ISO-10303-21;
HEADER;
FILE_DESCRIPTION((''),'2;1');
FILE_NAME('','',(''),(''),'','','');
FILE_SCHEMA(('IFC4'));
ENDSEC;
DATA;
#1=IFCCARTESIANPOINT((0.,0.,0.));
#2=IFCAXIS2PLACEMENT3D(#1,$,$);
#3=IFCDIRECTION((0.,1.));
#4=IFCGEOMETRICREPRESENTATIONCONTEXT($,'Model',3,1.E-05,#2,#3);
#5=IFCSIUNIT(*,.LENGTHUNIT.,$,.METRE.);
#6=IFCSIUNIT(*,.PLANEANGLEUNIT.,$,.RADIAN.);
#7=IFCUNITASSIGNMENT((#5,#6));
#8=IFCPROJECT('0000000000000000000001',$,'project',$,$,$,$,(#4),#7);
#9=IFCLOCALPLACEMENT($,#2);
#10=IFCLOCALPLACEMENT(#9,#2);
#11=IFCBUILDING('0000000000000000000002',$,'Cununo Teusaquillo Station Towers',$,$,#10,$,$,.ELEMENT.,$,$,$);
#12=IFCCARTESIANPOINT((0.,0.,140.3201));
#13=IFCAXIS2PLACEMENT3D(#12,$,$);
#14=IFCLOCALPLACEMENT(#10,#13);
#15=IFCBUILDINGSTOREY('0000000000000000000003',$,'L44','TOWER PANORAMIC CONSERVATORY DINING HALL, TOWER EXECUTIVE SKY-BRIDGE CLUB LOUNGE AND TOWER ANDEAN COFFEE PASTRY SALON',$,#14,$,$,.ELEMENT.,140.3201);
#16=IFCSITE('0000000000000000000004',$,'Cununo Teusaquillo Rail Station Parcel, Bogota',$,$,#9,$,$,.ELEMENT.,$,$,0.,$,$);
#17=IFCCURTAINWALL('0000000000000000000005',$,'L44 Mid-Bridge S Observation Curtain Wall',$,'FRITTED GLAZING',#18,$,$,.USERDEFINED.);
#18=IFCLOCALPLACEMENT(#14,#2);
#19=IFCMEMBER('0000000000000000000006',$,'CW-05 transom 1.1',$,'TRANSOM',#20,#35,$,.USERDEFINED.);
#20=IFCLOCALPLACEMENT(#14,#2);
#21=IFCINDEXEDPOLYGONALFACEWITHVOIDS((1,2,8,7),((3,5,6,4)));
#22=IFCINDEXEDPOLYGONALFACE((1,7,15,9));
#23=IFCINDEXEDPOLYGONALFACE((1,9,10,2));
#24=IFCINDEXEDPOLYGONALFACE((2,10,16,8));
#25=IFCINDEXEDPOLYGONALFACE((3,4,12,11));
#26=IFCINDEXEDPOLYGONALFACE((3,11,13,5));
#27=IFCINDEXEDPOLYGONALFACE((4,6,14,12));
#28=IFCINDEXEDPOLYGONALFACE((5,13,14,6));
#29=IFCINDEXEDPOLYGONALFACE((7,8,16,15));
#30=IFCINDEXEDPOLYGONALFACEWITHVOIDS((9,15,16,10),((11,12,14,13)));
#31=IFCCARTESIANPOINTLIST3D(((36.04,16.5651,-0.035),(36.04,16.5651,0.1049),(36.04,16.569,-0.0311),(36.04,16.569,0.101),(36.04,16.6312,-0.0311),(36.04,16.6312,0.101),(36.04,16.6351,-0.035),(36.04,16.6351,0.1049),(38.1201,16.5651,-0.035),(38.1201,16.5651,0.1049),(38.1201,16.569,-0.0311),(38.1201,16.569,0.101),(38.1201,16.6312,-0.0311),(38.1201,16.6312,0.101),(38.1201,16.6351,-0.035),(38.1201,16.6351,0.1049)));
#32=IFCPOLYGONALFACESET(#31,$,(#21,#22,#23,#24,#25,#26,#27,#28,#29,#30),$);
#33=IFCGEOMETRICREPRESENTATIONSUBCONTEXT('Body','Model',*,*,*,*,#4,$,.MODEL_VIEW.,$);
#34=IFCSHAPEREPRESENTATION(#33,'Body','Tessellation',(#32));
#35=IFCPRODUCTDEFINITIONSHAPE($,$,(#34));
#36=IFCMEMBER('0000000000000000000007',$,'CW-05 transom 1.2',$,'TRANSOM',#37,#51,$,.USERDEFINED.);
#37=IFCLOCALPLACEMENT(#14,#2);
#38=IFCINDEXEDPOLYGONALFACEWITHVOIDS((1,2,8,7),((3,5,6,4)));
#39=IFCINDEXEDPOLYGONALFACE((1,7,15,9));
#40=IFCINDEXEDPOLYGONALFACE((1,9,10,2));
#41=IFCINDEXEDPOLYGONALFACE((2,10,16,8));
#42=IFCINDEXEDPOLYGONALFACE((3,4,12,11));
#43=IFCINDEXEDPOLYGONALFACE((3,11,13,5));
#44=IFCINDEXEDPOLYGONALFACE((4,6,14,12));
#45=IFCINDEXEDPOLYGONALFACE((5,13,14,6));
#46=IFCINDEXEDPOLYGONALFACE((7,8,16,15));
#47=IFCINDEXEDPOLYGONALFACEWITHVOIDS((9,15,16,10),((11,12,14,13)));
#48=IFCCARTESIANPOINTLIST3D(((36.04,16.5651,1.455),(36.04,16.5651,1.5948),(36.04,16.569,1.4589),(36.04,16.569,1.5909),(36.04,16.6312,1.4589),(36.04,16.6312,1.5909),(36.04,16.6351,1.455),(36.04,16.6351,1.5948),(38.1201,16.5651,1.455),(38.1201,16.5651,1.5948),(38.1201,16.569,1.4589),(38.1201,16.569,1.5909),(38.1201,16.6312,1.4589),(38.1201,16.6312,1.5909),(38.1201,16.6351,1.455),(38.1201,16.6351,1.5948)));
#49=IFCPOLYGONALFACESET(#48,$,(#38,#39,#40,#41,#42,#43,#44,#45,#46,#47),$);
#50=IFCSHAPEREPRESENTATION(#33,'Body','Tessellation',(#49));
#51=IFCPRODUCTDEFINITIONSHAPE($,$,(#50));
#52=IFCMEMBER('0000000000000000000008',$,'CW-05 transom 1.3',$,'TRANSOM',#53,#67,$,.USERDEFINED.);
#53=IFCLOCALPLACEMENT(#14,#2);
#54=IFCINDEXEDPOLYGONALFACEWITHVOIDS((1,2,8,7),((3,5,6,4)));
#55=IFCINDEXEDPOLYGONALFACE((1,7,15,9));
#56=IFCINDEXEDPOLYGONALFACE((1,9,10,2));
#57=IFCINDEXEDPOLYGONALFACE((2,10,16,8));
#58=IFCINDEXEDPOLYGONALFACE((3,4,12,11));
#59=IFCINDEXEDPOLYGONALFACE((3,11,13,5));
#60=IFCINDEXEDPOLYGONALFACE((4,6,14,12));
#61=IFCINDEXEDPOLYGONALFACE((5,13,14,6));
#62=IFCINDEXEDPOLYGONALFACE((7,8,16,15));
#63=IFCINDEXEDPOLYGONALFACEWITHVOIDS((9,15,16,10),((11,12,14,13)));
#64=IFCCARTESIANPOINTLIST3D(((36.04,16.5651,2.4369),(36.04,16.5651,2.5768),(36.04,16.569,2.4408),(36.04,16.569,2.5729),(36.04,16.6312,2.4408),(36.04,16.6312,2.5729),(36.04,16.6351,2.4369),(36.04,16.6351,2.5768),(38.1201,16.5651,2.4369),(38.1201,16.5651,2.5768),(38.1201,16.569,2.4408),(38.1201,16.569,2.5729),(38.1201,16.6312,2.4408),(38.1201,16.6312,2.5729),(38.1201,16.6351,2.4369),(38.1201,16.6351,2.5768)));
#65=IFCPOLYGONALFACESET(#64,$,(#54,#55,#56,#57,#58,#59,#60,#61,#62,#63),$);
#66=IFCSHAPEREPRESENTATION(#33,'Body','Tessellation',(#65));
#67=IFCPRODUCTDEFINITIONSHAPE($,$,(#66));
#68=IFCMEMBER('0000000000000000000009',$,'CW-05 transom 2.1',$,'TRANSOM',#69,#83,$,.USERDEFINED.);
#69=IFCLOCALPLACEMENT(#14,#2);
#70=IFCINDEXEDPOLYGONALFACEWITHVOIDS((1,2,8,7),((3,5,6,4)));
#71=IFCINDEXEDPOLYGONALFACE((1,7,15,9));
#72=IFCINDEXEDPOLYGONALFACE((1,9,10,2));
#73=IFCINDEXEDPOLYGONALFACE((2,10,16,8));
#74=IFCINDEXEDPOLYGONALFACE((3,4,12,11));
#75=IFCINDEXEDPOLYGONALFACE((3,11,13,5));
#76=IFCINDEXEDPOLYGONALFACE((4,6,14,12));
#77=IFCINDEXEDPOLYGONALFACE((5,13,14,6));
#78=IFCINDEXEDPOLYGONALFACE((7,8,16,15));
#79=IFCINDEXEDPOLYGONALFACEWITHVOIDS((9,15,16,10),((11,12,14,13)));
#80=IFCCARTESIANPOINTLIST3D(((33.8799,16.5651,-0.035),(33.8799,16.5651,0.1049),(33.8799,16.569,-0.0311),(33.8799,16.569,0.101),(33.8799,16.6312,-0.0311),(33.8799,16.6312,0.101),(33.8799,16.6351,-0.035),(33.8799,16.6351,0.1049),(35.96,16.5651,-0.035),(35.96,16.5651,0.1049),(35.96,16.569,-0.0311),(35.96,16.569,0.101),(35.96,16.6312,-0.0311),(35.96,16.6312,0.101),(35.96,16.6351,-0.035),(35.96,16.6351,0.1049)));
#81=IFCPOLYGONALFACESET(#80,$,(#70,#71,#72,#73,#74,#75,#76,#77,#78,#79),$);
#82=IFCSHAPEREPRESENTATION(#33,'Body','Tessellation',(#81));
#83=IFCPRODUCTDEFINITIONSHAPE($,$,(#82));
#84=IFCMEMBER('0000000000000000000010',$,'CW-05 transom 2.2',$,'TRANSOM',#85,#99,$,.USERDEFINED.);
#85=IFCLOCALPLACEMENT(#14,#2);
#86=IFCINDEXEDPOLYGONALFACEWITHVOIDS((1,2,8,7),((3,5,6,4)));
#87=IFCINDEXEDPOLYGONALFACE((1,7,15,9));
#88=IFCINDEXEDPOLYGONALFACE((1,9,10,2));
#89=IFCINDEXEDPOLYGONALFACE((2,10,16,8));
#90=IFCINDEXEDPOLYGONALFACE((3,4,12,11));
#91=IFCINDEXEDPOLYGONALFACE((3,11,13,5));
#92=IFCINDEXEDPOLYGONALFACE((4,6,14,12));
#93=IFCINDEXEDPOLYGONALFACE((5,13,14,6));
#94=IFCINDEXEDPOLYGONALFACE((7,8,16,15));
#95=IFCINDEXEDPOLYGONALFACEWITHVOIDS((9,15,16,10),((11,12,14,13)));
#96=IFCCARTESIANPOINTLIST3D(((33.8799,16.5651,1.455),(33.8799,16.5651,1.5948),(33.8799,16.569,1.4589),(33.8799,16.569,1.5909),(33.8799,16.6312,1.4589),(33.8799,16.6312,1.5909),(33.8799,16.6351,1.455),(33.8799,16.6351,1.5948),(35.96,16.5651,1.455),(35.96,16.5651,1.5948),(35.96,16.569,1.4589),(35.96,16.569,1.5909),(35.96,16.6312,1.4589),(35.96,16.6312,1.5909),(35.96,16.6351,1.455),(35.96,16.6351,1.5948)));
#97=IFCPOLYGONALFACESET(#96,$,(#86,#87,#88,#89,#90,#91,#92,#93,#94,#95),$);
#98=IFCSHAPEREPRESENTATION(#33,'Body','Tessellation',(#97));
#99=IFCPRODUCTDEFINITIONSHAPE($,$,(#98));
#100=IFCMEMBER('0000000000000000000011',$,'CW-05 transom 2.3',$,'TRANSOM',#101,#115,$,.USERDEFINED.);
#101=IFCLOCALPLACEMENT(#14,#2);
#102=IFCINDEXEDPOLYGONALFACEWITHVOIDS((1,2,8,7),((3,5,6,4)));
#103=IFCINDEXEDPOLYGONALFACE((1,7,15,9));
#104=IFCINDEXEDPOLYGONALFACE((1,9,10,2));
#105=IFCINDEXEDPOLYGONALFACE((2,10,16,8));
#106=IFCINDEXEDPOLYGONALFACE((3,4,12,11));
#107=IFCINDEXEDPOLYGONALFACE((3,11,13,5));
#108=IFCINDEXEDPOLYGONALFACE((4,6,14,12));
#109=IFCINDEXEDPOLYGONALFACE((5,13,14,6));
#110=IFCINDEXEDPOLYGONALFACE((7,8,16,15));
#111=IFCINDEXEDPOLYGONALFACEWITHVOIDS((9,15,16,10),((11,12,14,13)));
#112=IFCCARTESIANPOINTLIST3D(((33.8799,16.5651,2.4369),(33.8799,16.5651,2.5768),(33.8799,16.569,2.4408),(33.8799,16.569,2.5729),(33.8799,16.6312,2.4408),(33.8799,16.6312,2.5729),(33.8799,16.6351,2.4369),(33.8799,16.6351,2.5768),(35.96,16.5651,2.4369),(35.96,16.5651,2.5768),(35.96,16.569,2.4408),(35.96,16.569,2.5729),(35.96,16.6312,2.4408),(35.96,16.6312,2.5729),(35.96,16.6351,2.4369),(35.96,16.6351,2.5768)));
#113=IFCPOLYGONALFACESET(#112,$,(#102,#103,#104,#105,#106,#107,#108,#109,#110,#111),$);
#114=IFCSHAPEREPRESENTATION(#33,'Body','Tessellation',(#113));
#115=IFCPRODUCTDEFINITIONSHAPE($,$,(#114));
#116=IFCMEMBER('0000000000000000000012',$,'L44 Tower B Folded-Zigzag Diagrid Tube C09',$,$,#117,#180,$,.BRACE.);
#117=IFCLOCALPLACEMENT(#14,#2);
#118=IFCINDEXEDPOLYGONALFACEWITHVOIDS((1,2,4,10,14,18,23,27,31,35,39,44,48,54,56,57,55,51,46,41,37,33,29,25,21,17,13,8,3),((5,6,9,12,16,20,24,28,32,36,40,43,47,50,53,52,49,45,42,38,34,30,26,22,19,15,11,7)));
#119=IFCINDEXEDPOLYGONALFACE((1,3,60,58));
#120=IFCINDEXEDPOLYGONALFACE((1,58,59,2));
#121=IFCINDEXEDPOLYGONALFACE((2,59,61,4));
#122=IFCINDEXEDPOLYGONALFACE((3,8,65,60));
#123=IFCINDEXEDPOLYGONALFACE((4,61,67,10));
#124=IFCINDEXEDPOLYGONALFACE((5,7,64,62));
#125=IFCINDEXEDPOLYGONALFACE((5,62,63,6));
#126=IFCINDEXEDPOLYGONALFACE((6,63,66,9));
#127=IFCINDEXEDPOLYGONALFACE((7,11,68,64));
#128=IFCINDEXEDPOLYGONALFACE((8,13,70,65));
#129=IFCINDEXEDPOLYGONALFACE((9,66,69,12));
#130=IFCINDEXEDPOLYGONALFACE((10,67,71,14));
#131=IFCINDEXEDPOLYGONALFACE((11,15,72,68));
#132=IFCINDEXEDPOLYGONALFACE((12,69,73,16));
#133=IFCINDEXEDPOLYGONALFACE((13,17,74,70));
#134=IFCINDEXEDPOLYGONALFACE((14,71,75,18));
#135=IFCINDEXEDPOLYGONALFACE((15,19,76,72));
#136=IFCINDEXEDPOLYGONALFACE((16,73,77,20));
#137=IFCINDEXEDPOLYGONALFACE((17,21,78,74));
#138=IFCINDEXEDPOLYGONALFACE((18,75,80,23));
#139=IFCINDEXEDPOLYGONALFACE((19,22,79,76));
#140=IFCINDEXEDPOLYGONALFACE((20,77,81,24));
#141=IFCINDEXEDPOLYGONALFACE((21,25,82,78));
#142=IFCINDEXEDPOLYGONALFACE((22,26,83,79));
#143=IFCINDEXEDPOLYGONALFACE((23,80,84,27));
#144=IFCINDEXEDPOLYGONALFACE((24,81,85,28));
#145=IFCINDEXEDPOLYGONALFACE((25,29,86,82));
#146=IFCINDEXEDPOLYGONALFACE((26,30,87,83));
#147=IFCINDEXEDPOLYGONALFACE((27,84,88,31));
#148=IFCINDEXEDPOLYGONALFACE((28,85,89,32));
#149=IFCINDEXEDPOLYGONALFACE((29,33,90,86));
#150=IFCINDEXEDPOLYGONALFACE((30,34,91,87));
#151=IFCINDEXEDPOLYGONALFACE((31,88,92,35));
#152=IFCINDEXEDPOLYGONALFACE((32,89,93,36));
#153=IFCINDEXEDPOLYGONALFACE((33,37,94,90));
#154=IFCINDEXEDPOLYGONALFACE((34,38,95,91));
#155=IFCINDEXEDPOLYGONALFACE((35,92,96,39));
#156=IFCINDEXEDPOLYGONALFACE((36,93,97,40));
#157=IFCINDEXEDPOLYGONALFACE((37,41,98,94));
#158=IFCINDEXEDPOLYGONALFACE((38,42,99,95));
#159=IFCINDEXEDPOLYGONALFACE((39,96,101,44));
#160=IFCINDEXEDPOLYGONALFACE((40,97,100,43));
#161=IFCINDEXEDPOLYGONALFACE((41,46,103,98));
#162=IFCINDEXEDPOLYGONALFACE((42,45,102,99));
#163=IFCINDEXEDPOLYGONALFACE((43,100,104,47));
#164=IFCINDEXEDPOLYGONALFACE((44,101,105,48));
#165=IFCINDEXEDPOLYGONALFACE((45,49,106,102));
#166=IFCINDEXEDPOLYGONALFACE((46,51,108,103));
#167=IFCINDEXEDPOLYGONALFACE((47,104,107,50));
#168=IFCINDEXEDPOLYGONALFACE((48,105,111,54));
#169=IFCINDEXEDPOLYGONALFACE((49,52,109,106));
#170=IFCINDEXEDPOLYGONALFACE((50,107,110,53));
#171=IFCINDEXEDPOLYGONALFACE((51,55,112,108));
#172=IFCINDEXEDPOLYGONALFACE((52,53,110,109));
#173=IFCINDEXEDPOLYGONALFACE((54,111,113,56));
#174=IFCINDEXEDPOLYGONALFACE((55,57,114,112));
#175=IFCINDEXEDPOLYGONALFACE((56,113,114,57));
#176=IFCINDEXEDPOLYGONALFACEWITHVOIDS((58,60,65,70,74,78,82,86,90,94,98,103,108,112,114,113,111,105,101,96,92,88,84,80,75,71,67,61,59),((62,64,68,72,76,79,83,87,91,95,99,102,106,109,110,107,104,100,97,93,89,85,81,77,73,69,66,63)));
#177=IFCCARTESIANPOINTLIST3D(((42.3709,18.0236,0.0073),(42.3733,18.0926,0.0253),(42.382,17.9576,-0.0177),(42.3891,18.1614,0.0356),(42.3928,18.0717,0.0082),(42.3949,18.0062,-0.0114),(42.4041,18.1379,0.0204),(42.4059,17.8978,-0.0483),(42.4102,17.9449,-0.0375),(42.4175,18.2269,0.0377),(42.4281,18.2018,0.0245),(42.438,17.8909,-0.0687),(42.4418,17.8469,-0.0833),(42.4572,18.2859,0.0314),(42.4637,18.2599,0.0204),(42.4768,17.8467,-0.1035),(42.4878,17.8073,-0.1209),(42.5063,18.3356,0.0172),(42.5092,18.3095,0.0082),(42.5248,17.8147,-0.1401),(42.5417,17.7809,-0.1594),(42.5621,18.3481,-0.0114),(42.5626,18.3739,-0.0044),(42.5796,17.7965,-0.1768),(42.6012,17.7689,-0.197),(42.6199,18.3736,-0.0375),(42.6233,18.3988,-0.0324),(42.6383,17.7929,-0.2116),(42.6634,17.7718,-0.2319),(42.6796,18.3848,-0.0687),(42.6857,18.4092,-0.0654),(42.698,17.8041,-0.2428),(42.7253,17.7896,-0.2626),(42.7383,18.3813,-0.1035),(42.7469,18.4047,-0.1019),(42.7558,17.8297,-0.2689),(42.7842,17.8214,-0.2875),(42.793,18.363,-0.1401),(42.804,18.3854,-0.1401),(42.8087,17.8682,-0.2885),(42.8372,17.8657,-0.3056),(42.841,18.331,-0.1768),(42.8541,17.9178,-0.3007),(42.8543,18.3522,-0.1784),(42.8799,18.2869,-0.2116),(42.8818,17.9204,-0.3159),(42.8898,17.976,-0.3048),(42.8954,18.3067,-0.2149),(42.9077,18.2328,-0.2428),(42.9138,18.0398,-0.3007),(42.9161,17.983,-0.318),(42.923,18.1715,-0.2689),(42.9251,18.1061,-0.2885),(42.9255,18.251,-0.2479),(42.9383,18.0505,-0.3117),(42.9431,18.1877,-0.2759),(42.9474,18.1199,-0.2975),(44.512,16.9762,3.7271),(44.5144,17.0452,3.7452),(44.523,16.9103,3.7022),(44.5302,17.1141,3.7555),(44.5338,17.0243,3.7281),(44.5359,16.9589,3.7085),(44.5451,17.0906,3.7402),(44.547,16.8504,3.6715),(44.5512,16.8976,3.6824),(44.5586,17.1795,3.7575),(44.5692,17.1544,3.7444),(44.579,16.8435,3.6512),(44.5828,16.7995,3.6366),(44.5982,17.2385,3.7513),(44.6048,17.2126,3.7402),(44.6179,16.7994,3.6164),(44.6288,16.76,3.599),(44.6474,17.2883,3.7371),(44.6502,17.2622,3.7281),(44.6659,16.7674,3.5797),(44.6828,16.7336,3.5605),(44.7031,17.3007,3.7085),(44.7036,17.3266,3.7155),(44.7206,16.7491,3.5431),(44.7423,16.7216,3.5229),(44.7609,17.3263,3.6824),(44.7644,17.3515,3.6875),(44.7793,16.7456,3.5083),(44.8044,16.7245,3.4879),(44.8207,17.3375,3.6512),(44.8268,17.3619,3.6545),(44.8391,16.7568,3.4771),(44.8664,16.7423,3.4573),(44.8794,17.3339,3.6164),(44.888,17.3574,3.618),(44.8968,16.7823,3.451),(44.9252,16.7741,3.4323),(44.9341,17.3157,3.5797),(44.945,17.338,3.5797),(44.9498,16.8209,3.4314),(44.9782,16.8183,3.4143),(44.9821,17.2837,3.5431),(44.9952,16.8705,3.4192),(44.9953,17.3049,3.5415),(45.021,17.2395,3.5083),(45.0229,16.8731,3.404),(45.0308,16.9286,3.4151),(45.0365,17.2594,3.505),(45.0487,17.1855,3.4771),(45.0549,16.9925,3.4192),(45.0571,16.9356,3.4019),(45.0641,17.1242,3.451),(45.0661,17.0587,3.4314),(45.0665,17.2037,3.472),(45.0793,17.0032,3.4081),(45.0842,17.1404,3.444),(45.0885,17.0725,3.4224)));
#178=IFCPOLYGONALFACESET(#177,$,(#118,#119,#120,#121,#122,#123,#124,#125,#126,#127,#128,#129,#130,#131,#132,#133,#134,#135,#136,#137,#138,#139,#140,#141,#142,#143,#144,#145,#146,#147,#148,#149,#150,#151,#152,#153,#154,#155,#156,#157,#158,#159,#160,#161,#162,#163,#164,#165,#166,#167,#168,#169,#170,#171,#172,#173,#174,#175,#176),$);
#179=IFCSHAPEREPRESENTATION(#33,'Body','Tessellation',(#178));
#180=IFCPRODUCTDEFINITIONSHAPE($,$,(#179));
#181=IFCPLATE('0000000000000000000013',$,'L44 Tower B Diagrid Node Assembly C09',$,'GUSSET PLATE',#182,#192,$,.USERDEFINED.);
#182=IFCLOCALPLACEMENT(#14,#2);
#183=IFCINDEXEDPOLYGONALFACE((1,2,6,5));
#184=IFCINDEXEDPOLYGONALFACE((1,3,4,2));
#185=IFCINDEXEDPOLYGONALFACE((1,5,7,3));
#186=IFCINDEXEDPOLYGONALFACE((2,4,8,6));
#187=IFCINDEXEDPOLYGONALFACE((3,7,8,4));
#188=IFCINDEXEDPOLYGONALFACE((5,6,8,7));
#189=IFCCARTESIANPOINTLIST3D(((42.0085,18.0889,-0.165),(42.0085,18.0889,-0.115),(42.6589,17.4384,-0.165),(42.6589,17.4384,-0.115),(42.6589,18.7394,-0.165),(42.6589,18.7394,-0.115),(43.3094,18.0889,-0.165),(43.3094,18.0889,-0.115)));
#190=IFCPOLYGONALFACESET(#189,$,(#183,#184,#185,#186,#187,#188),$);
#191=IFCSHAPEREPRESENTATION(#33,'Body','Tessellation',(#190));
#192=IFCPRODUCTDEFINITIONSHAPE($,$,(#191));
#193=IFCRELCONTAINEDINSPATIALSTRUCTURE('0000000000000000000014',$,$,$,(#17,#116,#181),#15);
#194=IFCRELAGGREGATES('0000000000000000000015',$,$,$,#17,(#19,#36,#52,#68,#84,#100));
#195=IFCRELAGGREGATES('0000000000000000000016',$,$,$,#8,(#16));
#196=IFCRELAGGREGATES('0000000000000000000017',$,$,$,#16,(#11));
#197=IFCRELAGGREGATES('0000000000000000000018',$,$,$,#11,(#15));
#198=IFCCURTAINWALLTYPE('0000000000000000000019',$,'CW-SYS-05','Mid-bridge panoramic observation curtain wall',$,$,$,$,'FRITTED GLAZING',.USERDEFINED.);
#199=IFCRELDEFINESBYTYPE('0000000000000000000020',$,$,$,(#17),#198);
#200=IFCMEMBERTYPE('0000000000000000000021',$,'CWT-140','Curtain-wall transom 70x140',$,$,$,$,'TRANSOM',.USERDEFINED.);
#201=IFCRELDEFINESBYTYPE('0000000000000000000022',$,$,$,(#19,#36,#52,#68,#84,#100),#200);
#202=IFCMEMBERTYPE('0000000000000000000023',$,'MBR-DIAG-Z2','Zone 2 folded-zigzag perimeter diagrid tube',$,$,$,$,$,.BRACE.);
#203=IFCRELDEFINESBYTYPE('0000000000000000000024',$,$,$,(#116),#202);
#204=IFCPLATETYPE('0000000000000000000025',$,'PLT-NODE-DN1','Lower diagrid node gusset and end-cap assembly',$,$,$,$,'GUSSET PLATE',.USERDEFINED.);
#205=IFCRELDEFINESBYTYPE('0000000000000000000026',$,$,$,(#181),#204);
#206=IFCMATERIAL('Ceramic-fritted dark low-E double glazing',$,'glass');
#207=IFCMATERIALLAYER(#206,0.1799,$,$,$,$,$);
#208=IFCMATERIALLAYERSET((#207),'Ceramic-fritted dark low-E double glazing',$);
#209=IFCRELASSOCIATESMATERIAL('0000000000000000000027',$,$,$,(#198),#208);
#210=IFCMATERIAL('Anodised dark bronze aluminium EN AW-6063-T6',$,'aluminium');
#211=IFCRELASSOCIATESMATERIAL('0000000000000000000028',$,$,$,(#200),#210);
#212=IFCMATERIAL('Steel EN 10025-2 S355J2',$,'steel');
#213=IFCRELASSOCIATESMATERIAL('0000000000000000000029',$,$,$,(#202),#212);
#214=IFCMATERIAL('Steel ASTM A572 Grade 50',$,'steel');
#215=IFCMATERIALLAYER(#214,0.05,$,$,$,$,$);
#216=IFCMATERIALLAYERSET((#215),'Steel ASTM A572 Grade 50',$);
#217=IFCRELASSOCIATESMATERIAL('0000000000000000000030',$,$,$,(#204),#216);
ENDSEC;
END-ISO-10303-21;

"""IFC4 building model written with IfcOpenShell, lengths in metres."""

from ifc_helpers import new_model, si_unit, direction, frame, origin, origin_2d, place, context, subcontext, project, spatial, rectangle, hollow_rectangle, hollow_circle, extrude, source, transform, mapped, material, layer, layer_set, material_profile, profile_set, type_object, element, aggregate, save


model = new_model("IFC4")

# Units and contexts
model_context = context("Model", 3, precision=1e-05, world=origin(), true_north=direction((0.0, 1.0)))
body_context = subcontext(model_context, "Body", "Model", "MODEL_VIEW")
ifc_project = project(units=[si_unit("LENGTHUNIT", "METRE"), si_unit("PLANEANGLEUNIT", "RADIAN")], contexts=[model_context])

# Site, building, storey
site_placement = place(None, origin())
site = spatial("IfcSite", under=ifc_project, at=site_placement, Name="Cununo Teusaquillo Rail Station Parcel, Bogota", CompositionType="ELEMENT", RefElevation=0.0)
building_placement = place(site_placement, origin())
building = spatial("IfcBuilding", under=site, at=building_placement, Name="Cununo Teusaquillo Station Towers", CompositionType="ELEMENT")
storey_placement = place(building_placement, frame((0.0, 0.0, 140.3201)))
storey = spatial("IfcBuildingStorey", under=building, at=storey_placement, Name="L44", Description="TOWER PANORAMIC CONSERVATORY DINING HALL, TOWER EXECUTIVE SKY-BRIDGE CLUB LOUNGE AND TOWER ANDEAN COFFEE PASTRY SALON", CompositionType="ELEMENT", Elevation=140.3201)

# Curtain wall, members
ifc_material_1 = material(Name="Ceramic-fritted dark low-E double glazing", Category="glass")
ifc_layer_1 = layer(ifc_material_1, 0.1799)
ifc_layer_set_1 = layer_set([ifc_layer_1], Name="Ceramic-fritted dark low-E double glazing")
curtain_wall_type = type_object("IfcCurtainWallType", Name="CW-SYS-05", Description="Mid-bridge panoramic observation curtain wall", ElementType="FRITTED GLAZING", PredefinedType="USERDEFINED", material=ifc_layer_set_1)
curtain_wall_placement = place(storey_placement, origin())
curtain_wall = element("IfcCurtainWall", 1, at=curtain_wall_placement, inside=storey, type_object=curtain_wall_type, Name="L44 Mid-Bridge S Observation Curtain Wall", ObjectType="FRITTED GLAZING", PredefinedType="USERDEFINED")
ifc_material_2 = material(Name="Anodised dark bronze aluminium EN AW-6063-T6", Category="aluminium")
ifc_material_profile_1 = material_profile(ifc_material_2, hollow_rectangle(XDim=0.0701, YDim=0.1399, WallThickness=0.0039, at=origin_2d()), Name="CW-TRAN-70x140")
ifc_profile_set_1 = profile_set([ifc_material_profile_1], Name="Anodised dark bronze aluminium EN AW-6063-T6")
member_type_1 = type_object("IfcMemberType", Name="CWT-140", Description="Curtain-wall transom 70x140", ElementType="TRANSOM", PredefinedType="USERDEFINED", material=ifc_profile_set_1)
member_1_placement = place(storey_placement, frame((38.1201, 16.6001, 0.0349), z_axis=(-1.0, 0.0, 0.0), x_axis=(0.0, -1.0, 0.0)))
member_1 = element("IfcMember", 2, at=member_1_placement, type_object=member_type_1, Name="CW-05 transom 1.1", ObjectType="TRANSOM", PredefinedType="USERDEFINED", context=body_context, shape_type="SweptSolid", body=[
    extrude(hollow_rectangle(XDim=0.0701, YDim=0.1399, WallThickness=0.0039, at=origin_2d()), origin(), (0.0, 0.0, 1.0), 2.0801),
])
member_2_placement = place(storey_placement, frame((38.1201, 16.6001, 1.5249), z_axis=(-1.0, 0.0, 0.0), x_axis=(0.0, -1.0, 0.0)))
member_2 = element("IfcMember", 3, at=member_2_placement, type_object=member_type_1, Name="CW-05 transom 1.2", ObjectType="TRANSOM", PredefinedType="USERDEFINED", context=body_context, shape_type="SweptSolid", body=[
    extrude(hollow_rectangle(XDim=0.0701, YDim=0.1399, WallThickness=0.0039, at=origin_2d()), origin(), (0.0, 0.0, 1.0), 2.0801),
])
member_3_placement = place(storey_placement, frame((38.1201, 16.6001, 2.5068), z_axis=(-1.0, 0.0, 0.0), x_axis=(0.0, -1.0, 0.0)))
member_3 = element("IfcMember", 4, at=member_3_placement, type_object=member_type_1, Name="CW-05 transom 1.3", ObjectType="TRANSOM", PredefinedType="USERDEFINED", context=body_context, shape_type="SweptSolid", body=[
    extrude(hollow_rectangle(XDim=0.0701, YDim=0.1399, WallThickness=0.0039, at=origin_2d()), origin(), (0.0, 0.0, 1.0), 2.0801),
])
member_4_placement = place(storey_placement, frame((35.96, 16.6001, 0.0349), z_axis=(-1.0, 0.0, 0.0), x_axis=(0.0, -1.0, 0.0)))
member_4 = element("IfcMember", 5, at=member_4_placement, type_object=member_type_1, Name="CW-05 transom 2.1", ObjectType="TRANSOM", PredefinedType="USERDEFINED", context=body_context, shape_type="SweptSolid", body=[
    extrude(hollow_rectangle(XDim=0.0701, YDim=0.1399, WallThickness=0.0039, at=origin_2d()), origin(), (0.0, 0.0, 1.0), 2.0801),
])
member_5_placement = place(storey_placement, frame((35.96, 16.6001, 1.5249), z_axis=(-1.0, 0.0, 0.0), x_axis=(0.0, -1.0, 0.0)))
member_5 = element("IfcMember", 6, at=member_5_placement, type_object=member_type_1, Name="CW-05 transom 2.2", ObjectType="TRANSOM", PredefinedType="USERDEFINED", context=body_context, shape_type="SweptSolid", body=[
    extrude(hollow_rectangle(XDim=0.0701, YDim=0.1399, WallThickness=0.0039, at=origin_2d()), origin(), (0.0, 0.0, 1.0), 2.0801),
])
member_6_placement = place(storey_placement, frame((35.96, 16.6001, 2.5068), z_axis=(-1.0, 0.0, 0.0), x_axis=(0.0, -1.0, 0.0)))
member_6 = element("IfcMember", 7, at=member_6_placement, type_object=member_type_1, Name="CW-05 transom 2.3", ObjectType="TRANSOM", PredefinedType="USERDEFINED", context=body_context, shape_type="SweptSolid", body=[
    extrude(hollow_rectangle(XDim=0.0701, YDim=0.1399, WallThickness=0.0039, at=origin_2d()), origin(), (0.0, 0.0, 1.0), 2.0801),
])

# Member
ifc_material_3 = material(Name="Steel EN 10025-2 S355J2", Category="steel")
ifc_material_profile_2 = material_profile(ifc_material_3, hollow_circle(Radius=0.3301, WallThickness=0.0249, at=origin_2d()), Name="CHS 660x25")
ifc_profile_set_2 = profile_set([ifc_material_profile_2], Name="Steel EN 10025-2 S355J2")
member_type_2 = type_object("IfcMemberType", Name="MBR-DIAG-Z2", Description="Zone 2 folded-zigzag perimeter diagrid tube", PredefinedType="BRACE", material=ifc_profile_set_2)
member_7_placement = place(storey_placement, frame((42.6589, 18.0889, -0.1401), z_axis=(0.484624, -0.237062, 0.841986), x_axis=(0.439412, 0.898286, 0.0)))
element("IfcMember", 8, at=member_7_placement, inside=storey, type_object=member_type_2, Name="L44 Tower B Folded-Zigzag Diagrid Tube C09", PredefinedType="BRACE", context=body_context, shape_type="SweptSolid", body=[
    extrude(hollow_circle(Radius=0.3301, WallThickness=0.0249, at=origin_2d()), origin(), (0.0, 0.0, 1.0), 4.418),
])

# Plate
ifc_material_4 = material(Name="Steel ASTM A572 Grade 50", Category="steel")
ifc_layer_2 = layer(ifc_material_4, 0.05)
ifc_layer_set_2 = layer_set([ifc_layer_2], Name="Steel ASTM A572 Grade 50")
plate_type_1 = type_object("IfcPlateType", Name="PLT-NODE-DN1", Description="Lower diagrid node gusset and end-cap assembly", ElementType="GUSSET PLATE", PredefinedType="USERDEFINED", material=ifc_layer_set_2)
shared_shape_1 = source(origin(), body_context, "Body", "SweptSolid", [
    extrude(rectangle(XDim=0.9199, YDim=0.9199, at=origin_2d()), origin(), (0.0, 0.0, 1.0), 0.05),
])
plate_1_placement = place(storey_placement, frame((42.6589, 18.0889, -0.165), z_axis=(0.0, 0.0, 1.0), x_axis=(0.707107, 0.707107, 0.0)))
element("IfcPlate", 9, at=plate_1_placement, inside=storey, type_object=plate_type_1, Name="L44 Tower B Diagrid Node Assembly C09", ObjectType="GUSSET PLATE", PredefinedType="USERDEFINED", context=body_context, shape_type="MappedRepresentation", body=[
    mapped(shared_shape_1, transform((0.0, 0.0, 0.0), x_axis=(1.0, 0.0, 0.0), y_axis=(0.0, 1.0, 0.0), z_axis=(0.0, 0.0, 1.0), scale=1.0)),
])

aggregate(curtain_wall, [member_1, member_2, member_3, member_4, member_5, member_6])

save(model, "model.ifc")
